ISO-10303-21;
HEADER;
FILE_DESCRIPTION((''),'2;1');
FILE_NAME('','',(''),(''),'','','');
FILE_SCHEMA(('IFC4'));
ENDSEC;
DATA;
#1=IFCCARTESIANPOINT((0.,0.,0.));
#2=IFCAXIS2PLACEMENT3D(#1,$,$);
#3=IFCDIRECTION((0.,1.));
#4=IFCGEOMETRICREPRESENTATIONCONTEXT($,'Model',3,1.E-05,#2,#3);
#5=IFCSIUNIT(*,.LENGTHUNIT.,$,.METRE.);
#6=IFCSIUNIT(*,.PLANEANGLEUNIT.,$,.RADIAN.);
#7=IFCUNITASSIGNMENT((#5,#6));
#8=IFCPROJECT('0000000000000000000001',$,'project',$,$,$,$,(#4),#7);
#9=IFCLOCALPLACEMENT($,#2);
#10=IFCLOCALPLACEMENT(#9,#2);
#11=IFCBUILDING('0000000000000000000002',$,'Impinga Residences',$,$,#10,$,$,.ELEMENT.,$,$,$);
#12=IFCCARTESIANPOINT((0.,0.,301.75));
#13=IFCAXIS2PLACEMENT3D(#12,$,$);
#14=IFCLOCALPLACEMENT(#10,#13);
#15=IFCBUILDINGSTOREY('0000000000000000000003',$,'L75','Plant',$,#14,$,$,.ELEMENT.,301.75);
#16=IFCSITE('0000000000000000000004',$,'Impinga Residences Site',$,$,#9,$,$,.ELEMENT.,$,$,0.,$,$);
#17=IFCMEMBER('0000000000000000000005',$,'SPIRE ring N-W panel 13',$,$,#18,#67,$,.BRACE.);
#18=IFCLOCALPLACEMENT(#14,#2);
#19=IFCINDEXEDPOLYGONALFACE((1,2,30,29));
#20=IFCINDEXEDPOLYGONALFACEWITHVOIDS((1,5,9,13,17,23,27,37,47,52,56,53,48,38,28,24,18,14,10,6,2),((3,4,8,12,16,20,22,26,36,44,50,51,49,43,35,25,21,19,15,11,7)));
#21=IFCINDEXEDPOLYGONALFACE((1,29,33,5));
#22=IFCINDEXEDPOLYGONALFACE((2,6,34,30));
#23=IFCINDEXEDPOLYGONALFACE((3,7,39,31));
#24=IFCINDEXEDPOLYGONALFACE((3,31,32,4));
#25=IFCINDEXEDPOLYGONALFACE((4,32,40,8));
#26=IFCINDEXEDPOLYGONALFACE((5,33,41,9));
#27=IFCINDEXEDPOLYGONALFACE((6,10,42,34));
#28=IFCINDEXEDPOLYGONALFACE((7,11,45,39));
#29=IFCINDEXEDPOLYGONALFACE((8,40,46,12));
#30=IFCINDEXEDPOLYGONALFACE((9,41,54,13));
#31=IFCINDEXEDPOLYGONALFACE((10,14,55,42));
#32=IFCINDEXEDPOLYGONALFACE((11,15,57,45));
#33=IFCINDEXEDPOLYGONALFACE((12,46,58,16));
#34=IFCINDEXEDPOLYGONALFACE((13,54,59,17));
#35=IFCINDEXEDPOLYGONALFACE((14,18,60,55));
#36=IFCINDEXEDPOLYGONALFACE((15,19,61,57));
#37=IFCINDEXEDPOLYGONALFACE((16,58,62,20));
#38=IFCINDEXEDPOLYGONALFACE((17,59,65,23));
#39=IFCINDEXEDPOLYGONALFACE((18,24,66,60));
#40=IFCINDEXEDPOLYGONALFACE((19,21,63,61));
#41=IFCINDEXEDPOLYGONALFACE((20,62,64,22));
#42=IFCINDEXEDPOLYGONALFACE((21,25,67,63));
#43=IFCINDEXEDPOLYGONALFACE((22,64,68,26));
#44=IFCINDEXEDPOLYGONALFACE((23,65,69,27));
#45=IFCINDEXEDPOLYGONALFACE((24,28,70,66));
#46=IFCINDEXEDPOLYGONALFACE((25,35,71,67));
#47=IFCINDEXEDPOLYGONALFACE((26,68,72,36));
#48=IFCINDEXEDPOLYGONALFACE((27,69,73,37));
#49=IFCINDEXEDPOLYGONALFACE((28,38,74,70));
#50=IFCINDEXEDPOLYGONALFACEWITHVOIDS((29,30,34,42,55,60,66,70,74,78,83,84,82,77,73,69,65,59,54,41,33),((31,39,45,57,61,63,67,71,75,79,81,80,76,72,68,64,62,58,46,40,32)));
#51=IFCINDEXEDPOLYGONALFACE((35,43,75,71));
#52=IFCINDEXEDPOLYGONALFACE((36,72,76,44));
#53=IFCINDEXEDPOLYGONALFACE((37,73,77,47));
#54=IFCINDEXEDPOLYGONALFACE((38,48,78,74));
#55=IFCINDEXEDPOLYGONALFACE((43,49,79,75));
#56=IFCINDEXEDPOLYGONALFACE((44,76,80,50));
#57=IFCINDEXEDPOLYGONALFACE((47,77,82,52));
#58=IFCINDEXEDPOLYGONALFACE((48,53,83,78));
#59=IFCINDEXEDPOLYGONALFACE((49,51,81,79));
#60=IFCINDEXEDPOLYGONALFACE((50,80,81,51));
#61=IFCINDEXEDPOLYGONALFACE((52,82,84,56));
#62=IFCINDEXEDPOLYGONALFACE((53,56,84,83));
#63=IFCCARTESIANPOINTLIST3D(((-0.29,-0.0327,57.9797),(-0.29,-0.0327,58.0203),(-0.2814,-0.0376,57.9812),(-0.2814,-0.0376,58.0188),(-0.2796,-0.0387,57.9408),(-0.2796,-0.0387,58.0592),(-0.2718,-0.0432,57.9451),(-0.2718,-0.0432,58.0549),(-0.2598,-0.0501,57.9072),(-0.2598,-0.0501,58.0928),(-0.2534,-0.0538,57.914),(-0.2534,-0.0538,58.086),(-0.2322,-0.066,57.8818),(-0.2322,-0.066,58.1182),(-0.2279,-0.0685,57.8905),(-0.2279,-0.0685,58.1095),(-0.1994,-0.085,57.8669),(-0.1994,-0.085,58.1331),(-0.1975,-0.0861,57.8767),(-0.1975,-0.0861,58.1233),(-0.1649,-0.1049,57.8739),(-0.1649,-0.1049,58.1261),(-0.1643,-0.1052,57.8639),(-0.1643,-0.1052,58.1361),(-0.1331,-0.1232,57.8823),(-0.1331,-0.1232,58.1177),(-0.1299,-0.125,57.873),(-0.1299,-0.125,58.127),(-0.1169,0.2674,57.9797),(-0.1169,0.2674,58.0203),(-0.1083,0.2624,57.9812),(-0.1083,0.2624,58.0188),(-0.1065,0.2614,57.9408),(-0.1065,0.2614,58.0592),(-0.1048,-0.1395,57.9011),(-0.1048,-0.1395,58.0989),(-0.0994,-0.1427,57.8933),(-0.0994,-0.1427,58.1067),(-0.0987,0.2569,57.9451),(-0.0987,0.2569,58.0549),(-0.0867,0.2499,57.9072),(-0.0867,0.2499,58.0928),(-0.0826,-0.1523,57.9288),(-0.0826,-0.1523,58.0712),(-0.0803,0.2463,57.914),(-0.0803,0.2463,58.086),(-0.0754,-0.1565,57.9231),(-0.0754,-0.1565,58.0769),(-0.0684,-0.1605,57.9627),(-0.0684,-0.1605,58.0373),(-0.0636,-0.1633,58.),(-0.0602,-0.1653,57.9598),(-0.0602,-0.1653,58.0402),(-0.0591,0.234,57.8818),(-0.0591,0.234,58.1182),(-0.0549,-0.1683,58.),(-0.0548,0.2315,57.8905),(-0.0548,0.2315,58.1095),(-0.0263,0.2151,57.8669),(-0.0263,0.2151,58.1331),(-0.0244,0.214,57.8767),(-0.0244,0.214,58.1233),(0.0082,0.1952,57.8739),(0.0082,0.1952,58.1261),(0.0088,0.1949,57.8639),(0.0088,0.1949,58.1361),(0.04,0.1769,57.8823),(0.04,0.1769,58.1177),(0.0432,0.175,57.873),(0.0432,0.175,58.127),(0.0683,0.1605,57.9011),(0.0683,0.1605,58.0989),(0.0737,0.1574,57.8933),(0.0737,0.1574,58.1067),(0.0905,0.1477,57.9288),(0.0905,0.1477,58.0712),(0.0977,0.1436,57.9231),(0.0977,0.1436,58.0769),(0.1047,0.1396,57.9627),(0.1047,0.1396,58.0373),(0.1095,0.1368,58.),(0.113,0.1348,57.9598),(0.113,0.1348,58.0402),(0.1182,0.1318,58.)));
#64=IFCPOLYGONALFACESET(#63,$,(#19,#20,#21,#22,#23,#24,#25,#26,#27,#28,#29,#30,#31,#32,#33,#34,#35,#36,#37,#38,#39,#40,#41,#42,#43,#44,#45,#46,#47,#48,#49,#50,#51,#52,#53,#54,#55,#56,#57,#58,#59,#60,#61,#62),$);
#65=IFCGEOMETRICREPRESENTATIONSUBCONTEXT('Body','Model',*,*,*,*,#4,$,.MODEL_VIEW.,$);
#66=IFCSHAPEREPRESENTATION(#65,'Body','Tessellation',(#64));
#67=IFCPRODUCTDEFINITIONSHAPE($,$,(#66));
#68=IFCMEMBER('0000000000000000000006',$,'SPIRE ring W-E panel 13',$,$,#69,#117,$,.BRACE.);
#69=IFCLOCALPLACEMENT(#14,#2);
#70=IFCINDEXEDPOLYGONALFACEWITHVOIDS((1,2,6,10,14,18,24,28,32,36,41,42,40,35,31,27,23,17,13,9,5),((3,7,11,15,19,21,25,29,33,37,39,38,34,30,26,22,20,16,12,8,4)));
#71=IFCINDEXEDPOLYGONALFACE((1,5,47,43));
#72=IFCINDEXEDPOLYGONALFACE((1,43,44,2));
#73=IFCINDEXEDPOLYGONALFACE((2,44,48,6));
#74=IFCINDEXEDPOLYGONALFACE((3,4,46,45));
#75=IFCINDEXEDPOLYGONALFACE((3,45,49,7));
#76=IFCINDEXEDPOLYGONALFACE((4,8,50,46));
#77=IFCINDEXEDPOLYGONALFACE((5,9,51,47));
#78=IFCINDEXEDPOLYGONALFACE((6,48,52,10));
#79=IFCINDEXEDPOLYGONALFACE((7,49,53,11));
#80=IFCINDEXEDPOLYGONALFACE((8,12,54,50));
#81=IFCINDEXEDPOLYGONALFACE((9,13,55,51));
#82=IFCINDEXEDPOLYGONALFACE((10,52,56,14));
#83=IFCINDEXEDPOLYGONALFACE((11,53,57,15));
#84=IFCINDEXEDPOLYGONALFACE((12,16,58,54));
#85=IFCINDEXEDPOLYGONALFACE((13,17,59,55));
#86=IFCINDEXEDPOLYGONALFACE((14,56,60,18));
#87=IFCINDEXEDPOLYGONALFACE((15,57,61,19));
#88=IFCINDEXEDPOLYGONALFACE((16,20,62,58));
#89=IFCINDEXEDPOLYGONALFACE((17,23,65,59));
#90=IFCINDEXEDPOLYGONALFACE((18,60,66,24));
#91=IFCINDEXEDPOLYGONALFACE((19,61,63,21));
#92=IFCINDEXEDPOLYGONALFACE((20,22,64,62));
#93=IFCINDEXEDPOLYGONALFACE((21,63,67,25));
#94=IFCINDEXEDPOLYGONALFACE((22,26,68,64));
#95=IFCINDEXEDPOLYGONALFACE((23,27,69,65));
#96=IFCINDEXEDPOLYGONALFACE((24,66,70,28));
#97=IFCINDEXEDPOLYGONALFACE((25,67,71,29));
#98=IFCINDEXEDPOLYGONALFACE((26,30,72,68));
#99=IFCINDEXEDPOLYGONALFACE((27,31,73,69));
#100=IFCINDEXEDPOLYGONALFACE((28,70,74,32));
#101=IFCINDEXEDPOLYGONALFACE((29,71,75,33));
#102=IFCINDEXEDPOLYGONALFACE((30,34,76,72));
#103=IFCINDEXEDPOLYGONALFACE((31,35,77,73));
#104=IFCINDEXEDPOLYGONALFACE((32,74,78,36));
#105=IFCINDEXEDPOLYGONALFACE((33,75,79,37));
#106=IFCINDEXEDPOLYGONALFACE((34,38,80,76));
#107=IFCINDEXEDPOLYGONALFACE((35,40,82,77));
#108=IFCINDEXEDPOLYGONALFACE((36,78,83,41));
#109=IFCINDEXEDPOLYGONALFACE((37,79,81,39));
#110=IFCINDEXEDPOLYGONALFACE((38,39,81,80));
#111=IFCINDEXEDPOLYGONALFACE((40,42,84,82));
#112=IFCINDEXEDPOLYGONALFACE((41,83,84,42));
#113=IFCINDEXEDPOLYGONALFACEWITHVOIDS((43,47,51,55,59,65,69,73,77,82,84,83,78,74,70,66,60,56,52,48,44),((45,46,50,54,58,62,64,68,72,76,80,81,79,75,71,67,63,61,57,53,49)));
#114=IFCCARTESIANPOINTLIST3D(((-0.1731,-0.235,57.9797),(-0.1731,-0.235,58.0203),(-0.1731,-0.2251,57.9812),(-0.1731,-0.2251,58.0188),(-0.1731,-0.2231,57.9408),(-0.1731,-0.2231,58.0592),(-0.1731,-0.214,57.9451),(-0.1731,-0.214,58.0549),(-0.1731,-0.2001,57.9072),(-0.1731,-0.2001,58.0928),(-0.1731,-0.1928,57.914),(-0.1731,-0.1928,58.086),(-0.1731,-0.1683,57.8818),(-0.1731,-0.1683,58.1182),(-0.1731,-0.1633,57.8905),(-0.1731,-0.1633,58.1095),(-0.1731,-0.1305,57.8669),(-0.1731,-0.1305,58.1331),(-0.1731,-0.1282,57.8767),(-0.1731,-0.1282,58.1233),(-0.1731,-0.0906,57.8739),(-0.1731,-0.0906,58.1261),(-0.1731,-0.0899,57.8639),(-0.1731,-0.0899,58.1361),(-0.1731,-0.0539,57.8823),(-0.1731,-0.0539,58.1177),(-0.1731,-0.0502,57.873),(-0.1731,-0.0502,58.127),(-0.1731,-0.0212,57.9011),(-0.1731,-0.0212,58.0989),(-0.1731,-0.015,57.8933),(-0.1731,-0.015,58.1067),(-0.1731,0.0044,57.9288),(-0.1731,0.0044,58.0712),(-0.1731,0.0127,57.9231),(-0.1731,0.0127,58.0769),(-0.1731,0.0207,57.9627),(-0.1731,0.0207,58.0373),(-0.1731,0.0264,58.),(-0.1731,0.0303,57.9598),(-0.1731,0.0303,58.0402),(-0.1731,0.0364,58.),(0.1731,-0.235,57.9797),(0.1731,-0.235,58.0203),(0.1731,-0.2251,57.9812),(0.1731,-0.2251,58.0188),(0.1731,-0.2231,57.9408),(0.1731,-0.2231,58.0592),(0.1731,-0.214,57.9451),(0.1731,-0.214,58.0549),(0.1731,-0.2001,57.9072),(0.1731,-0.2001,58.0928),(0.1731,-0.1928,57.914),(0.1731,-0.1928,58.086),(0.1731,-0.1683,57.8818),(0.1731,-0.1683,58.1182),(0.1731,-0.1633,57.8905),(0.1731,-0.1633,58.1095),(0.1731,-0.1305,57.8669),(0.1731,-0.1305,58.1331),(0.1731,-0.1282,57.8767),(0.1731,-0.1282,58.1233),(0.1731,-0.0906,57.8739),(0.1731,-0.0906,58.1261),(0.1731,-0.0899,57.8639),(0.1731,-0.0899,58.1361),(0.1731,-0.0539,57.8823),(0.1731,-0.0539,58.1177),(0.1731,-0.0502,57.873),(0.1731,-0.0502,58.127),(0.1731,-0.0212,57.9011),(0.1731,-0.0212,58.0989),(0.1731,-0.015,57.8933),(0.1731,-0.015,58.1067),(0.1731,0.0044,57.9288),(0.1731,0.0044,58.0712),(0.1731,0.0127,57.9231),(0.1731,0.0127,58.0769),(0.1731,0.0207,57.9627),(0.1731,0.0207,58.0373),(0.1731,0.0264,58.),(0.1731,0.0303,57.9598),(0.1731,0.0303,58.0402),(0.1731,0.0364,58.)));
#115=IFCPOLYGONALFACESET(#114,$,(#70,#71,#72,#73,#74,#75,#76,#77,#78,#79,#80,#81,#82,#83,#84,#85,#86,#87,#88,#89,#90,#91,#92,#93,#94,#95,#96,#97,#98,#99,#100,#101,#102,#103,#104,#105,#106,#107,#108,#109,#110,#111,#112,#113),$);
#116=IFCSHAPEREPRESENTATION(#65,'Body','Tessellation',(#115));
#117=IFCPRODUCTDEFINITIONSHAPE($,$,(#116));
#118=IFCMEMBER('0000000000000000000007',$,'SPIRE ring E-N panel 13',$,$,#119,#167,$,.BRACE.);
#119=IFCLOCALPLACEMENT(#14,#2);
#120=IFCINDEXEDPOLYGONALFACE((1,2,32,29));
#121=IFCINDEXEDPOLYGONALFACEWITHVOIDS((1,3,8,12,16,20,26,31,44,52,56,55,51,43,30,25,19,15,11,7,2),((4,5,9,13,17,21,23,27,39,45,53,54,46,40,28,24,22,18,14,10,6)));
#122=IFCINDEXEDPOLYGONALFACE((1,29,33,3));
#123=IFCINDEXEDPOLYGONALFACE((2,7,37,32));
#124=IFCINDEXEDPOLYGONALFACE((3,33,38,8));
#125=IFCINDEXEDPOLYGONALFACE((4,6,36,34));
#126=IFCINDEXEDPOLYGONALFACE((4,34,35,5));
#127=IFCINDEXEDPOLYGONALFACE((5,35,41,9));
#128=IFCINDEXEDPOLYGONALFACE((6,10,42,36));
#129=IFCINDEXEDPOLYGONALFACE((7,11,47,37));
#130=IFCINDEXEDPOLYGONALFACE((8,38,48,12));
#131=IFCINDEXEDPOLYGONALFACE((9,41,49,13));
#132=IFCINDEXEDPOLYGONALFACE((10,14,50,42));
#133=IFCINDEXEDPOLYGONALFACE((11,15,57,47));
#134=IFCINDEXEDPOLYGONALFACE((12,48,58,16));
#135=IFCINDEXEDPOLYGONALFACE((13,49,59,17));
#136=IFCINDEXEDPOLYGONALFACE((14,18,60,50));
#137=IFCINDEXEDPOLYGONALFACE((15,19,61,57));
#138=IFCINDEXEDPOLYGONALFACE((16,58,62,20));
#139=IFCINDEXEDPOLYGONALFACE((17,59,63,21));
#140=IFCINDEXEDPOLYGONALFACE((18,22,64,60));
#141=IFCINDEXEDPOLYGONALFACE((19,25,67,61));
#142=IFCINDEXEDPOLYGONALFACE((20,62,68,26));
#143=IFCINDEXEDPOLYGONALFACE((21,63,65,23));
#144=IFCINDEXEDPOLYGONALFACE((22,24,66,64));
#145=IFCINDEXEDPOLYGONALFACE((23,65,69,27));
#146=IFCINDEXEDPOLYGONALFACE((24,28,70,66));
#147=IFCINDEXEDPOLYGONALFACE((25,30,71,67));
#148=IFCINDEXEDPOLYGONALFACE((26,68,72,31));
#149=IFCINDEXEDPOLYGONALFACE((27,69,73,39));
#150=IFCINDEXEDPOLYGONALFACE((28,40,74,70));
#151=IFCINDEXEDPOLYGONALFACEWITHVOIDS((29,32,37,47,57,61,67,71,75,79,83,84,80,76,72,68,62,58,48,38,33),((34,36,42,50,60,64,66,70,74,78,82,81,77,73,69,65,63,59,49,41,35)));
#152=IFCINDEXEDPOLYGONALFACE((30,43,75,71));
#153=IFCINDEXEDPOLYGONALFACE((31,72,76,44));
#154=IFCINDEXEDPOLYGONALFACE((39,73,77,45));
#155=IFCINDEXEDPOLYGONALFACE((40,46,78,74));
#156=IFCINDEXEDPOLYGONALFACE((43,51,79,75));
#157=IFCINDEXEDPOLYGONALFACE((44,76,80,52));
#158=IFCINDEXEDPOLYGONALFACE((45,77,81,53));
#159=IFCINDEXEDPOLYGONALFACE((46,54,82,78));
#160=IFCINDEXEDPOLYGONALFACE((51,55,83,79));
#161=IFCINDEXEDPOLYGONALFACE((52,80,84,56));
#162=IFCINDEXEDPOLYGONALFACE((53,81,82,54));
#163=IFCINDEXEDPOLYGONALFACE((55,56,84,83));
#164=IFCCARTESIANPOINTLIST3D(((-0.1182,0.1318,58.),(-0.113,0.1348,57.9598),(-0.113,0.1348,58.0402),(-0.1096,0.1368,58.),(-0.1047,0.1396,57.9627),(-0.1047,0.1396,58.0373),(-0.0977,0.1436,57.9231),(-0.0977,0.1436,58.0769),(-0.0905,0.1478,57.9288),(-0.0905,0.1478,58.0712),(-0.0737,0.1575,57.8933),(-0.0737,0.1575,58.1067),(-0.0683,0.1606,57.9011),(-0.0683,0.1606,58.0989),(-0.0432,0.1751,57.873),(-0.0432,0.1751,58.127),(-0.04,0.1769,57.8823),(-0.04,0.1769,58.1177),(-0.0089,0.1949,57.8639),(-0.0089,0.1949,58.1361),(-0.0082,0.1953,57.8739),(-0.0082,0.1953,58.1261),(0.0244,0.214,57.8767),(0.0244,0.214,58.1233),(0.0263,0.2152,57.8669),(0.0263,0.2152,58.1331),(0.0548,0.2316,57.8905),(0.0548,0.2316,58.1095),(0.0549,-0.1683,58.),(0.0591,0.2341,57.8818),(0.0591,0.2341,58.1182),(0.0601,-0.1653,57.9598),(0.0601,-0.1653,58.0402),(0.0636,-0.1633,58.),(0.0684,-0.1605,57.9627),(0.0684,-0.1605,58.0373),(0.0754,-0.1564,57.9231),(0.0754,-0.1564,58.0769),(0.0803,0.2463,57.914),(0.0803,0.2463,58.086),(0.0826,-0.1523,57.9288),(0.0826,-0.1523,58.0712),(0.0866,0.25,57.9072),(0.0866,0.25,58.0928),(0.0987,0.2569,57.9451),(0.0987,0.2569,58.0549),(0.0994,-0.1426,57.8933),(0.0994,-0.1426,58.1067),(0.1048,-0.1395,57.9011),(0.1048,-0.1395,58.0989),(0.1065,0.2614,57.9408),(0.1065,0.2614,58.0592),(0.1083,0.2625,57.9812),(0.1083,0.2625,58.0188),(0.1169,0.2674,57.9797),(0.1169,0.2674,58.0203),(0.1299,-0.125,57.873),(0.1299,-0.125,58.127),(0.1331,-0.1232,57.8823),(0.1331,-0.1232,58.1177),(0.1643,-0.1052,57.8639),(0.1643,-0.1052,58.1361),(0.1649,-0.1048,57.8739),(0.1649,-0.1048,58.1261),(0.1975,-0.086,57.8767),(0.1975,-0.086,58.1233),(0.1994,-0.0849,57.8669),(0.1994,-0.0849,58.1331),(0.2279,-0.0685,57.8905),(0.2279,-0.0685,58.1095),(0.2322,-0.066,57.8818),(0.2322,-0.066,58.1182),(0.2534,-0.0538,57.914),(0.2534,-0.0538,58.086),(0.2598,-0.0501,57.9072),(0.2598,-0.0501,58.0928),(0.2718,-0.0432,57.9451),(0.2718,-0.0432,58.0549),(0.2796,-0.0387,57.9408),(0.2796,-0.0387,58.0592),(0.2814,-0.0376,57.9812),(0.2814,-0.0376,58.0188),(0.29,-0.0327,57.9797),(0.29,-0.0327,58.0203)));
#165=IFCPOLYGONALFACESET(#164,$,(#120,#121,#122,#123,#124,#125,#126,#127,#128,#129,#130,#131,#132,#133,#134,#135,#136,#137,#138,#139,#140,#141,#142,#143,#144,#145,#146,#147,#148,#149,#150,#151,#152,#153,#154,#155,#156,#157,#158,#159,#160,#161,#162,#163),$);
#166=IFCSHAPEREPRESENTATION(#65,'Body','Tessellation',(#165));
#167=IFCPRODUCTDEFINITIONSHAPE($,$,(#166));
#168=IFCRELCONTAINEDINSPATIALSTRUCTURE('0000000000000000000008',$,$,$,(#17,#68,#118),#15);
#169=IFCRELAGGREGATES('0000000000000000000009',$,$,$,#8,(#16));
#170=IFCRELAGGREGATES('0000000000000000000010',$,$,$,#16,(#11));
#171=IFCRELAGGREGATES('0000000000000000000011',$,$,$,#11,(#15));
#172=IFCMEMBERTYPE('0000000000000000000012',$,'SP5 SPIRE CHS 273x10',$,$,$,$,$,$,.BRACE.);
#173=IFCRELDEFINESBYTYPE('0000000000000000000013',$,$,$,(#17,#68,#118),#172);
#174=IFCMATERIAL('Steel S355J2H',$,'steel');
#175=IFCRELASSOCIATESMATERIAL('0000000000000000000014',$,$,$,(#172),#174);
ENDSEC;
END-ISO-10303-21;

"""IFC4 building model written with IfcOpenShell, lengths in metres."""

from ifc_helpers import new_model, si_unit, direction, frame, origin, origin_2d, place, context, subcontext, project, spatial, hollow_circle, extrude, material, material_profile, profile_set, type_object, element, save


model = new_model("IFC4")

# Units and contexts
model_context = context("Model", 3, precision=1e-05, world=origin(), true_north=direction((0.0, 1.0)))
body_context = subcontext(model_context, "Body", "Model", "MODEL_VIEW")
ifc_project = project(units=[si_unit("LENGTHUNIT", "METRE"), si_unit("PLANEANGLEUNIT", "RADIAN")], contexts=[model_context])

# Site, building, storey
site_placement = place(None, origin())
site = spatial("IfcSite", under=ifc_project, at=site_placement, Name="Impinga Residences Site", CompositionType="ELEMENT", RefElevation=0.0)
building_placement = place(site_placement, origin())
building = spatial("IfcBuilding", under=site, at=building_placement, Name="Impinga Residences", CompositionType="ELEMENT")
storey_placement = place(building_placement, frame((0.0, 0.0, 301.75)))
storey = spatial("IfcBuildingStorey", under=building, at=storey_placement, Name="L75", Description="Plant", CompositionType="ELEMENT", Elevation=301.75)

# Members
ifc_material = material(Name="Steel S355J2H", Category="steel")
ifc_material_profile_1 = material_profile(ifc_material, hollow_circle(Radius=0.1365, WallThickness=0.01, at=origin_2d()), Name="CHS 273x10")
ifc_profile_set_1 = profile_set([ifc_material_profile_1], Name="Steel S355J2H")
member_type_1 = type_object("IfcMemberType", Name="SP5 SPIRE CHS 273x10", PredefinedType="BRACE", material=ifc_profile_set_1)
member_1_placement = place(storey_placement, frame((0.0, 0.2, 58.0), z_axis=(-0.499702, -0.866197, 0.0), x_axis=(0.866197, -0.499702, 0.0)))
element("IfcMember", 1, at=member_1_placement, inside=storey, type_object=member_type_1, Name="SPIRE ring N-W panel 13", PredefinedType="BRACE", context=body_context, shape_type="SweptSolid", body=[
    extrude(hollow_circle(Radius=0.1365, WallThickness=0.01, at=origin_2d()), origin(), (0.0, 0.0, 1.0), 0.3464),
])
member_2_placement = place(storey_placement, frame((-0.1731, -0.1001, 58.0), z_axis=(1.0, 0.0, 0.0), x_axis=(0.0, 1.0, 0.0)))
element("IfcMember", 2, at=member_2_placement, inside=storey, type_object=member_type_1, Name="SPIRE ring W-E panel 13", PredefinedType="BRACE", context=body_context, shape_type="SweptSolid", body=[
    extrude(hollow_circle(Radius=0.1365, WallThickness=0.01, at=origin_2d()), origin(), (0.0, 0.0, 1.0), 0.3462),
])
member_3_placement = place(storey_placement, frame((0.1731, -0.1001, 58.0), z_axis=(-0.499702, 0.866197, 0.0), x_axis=(-0.866197, -0.499702, 0.0)))
element("IfcMember", 3, at=member_3_placement, inside=storey, type_object=member_type_1, Name="SPIRE ring E-N panel 13", PredefinedType="BRACE", context=body_context, shape_type="SweptSolid", body=[
    extrude(hollow_circle(Radius=0.1365, WallThickness=0.01, at=origin_2d()), origin(), (0.0, 0.0, 1.0), 0.3464),
])

save(model, "model.ifc")
